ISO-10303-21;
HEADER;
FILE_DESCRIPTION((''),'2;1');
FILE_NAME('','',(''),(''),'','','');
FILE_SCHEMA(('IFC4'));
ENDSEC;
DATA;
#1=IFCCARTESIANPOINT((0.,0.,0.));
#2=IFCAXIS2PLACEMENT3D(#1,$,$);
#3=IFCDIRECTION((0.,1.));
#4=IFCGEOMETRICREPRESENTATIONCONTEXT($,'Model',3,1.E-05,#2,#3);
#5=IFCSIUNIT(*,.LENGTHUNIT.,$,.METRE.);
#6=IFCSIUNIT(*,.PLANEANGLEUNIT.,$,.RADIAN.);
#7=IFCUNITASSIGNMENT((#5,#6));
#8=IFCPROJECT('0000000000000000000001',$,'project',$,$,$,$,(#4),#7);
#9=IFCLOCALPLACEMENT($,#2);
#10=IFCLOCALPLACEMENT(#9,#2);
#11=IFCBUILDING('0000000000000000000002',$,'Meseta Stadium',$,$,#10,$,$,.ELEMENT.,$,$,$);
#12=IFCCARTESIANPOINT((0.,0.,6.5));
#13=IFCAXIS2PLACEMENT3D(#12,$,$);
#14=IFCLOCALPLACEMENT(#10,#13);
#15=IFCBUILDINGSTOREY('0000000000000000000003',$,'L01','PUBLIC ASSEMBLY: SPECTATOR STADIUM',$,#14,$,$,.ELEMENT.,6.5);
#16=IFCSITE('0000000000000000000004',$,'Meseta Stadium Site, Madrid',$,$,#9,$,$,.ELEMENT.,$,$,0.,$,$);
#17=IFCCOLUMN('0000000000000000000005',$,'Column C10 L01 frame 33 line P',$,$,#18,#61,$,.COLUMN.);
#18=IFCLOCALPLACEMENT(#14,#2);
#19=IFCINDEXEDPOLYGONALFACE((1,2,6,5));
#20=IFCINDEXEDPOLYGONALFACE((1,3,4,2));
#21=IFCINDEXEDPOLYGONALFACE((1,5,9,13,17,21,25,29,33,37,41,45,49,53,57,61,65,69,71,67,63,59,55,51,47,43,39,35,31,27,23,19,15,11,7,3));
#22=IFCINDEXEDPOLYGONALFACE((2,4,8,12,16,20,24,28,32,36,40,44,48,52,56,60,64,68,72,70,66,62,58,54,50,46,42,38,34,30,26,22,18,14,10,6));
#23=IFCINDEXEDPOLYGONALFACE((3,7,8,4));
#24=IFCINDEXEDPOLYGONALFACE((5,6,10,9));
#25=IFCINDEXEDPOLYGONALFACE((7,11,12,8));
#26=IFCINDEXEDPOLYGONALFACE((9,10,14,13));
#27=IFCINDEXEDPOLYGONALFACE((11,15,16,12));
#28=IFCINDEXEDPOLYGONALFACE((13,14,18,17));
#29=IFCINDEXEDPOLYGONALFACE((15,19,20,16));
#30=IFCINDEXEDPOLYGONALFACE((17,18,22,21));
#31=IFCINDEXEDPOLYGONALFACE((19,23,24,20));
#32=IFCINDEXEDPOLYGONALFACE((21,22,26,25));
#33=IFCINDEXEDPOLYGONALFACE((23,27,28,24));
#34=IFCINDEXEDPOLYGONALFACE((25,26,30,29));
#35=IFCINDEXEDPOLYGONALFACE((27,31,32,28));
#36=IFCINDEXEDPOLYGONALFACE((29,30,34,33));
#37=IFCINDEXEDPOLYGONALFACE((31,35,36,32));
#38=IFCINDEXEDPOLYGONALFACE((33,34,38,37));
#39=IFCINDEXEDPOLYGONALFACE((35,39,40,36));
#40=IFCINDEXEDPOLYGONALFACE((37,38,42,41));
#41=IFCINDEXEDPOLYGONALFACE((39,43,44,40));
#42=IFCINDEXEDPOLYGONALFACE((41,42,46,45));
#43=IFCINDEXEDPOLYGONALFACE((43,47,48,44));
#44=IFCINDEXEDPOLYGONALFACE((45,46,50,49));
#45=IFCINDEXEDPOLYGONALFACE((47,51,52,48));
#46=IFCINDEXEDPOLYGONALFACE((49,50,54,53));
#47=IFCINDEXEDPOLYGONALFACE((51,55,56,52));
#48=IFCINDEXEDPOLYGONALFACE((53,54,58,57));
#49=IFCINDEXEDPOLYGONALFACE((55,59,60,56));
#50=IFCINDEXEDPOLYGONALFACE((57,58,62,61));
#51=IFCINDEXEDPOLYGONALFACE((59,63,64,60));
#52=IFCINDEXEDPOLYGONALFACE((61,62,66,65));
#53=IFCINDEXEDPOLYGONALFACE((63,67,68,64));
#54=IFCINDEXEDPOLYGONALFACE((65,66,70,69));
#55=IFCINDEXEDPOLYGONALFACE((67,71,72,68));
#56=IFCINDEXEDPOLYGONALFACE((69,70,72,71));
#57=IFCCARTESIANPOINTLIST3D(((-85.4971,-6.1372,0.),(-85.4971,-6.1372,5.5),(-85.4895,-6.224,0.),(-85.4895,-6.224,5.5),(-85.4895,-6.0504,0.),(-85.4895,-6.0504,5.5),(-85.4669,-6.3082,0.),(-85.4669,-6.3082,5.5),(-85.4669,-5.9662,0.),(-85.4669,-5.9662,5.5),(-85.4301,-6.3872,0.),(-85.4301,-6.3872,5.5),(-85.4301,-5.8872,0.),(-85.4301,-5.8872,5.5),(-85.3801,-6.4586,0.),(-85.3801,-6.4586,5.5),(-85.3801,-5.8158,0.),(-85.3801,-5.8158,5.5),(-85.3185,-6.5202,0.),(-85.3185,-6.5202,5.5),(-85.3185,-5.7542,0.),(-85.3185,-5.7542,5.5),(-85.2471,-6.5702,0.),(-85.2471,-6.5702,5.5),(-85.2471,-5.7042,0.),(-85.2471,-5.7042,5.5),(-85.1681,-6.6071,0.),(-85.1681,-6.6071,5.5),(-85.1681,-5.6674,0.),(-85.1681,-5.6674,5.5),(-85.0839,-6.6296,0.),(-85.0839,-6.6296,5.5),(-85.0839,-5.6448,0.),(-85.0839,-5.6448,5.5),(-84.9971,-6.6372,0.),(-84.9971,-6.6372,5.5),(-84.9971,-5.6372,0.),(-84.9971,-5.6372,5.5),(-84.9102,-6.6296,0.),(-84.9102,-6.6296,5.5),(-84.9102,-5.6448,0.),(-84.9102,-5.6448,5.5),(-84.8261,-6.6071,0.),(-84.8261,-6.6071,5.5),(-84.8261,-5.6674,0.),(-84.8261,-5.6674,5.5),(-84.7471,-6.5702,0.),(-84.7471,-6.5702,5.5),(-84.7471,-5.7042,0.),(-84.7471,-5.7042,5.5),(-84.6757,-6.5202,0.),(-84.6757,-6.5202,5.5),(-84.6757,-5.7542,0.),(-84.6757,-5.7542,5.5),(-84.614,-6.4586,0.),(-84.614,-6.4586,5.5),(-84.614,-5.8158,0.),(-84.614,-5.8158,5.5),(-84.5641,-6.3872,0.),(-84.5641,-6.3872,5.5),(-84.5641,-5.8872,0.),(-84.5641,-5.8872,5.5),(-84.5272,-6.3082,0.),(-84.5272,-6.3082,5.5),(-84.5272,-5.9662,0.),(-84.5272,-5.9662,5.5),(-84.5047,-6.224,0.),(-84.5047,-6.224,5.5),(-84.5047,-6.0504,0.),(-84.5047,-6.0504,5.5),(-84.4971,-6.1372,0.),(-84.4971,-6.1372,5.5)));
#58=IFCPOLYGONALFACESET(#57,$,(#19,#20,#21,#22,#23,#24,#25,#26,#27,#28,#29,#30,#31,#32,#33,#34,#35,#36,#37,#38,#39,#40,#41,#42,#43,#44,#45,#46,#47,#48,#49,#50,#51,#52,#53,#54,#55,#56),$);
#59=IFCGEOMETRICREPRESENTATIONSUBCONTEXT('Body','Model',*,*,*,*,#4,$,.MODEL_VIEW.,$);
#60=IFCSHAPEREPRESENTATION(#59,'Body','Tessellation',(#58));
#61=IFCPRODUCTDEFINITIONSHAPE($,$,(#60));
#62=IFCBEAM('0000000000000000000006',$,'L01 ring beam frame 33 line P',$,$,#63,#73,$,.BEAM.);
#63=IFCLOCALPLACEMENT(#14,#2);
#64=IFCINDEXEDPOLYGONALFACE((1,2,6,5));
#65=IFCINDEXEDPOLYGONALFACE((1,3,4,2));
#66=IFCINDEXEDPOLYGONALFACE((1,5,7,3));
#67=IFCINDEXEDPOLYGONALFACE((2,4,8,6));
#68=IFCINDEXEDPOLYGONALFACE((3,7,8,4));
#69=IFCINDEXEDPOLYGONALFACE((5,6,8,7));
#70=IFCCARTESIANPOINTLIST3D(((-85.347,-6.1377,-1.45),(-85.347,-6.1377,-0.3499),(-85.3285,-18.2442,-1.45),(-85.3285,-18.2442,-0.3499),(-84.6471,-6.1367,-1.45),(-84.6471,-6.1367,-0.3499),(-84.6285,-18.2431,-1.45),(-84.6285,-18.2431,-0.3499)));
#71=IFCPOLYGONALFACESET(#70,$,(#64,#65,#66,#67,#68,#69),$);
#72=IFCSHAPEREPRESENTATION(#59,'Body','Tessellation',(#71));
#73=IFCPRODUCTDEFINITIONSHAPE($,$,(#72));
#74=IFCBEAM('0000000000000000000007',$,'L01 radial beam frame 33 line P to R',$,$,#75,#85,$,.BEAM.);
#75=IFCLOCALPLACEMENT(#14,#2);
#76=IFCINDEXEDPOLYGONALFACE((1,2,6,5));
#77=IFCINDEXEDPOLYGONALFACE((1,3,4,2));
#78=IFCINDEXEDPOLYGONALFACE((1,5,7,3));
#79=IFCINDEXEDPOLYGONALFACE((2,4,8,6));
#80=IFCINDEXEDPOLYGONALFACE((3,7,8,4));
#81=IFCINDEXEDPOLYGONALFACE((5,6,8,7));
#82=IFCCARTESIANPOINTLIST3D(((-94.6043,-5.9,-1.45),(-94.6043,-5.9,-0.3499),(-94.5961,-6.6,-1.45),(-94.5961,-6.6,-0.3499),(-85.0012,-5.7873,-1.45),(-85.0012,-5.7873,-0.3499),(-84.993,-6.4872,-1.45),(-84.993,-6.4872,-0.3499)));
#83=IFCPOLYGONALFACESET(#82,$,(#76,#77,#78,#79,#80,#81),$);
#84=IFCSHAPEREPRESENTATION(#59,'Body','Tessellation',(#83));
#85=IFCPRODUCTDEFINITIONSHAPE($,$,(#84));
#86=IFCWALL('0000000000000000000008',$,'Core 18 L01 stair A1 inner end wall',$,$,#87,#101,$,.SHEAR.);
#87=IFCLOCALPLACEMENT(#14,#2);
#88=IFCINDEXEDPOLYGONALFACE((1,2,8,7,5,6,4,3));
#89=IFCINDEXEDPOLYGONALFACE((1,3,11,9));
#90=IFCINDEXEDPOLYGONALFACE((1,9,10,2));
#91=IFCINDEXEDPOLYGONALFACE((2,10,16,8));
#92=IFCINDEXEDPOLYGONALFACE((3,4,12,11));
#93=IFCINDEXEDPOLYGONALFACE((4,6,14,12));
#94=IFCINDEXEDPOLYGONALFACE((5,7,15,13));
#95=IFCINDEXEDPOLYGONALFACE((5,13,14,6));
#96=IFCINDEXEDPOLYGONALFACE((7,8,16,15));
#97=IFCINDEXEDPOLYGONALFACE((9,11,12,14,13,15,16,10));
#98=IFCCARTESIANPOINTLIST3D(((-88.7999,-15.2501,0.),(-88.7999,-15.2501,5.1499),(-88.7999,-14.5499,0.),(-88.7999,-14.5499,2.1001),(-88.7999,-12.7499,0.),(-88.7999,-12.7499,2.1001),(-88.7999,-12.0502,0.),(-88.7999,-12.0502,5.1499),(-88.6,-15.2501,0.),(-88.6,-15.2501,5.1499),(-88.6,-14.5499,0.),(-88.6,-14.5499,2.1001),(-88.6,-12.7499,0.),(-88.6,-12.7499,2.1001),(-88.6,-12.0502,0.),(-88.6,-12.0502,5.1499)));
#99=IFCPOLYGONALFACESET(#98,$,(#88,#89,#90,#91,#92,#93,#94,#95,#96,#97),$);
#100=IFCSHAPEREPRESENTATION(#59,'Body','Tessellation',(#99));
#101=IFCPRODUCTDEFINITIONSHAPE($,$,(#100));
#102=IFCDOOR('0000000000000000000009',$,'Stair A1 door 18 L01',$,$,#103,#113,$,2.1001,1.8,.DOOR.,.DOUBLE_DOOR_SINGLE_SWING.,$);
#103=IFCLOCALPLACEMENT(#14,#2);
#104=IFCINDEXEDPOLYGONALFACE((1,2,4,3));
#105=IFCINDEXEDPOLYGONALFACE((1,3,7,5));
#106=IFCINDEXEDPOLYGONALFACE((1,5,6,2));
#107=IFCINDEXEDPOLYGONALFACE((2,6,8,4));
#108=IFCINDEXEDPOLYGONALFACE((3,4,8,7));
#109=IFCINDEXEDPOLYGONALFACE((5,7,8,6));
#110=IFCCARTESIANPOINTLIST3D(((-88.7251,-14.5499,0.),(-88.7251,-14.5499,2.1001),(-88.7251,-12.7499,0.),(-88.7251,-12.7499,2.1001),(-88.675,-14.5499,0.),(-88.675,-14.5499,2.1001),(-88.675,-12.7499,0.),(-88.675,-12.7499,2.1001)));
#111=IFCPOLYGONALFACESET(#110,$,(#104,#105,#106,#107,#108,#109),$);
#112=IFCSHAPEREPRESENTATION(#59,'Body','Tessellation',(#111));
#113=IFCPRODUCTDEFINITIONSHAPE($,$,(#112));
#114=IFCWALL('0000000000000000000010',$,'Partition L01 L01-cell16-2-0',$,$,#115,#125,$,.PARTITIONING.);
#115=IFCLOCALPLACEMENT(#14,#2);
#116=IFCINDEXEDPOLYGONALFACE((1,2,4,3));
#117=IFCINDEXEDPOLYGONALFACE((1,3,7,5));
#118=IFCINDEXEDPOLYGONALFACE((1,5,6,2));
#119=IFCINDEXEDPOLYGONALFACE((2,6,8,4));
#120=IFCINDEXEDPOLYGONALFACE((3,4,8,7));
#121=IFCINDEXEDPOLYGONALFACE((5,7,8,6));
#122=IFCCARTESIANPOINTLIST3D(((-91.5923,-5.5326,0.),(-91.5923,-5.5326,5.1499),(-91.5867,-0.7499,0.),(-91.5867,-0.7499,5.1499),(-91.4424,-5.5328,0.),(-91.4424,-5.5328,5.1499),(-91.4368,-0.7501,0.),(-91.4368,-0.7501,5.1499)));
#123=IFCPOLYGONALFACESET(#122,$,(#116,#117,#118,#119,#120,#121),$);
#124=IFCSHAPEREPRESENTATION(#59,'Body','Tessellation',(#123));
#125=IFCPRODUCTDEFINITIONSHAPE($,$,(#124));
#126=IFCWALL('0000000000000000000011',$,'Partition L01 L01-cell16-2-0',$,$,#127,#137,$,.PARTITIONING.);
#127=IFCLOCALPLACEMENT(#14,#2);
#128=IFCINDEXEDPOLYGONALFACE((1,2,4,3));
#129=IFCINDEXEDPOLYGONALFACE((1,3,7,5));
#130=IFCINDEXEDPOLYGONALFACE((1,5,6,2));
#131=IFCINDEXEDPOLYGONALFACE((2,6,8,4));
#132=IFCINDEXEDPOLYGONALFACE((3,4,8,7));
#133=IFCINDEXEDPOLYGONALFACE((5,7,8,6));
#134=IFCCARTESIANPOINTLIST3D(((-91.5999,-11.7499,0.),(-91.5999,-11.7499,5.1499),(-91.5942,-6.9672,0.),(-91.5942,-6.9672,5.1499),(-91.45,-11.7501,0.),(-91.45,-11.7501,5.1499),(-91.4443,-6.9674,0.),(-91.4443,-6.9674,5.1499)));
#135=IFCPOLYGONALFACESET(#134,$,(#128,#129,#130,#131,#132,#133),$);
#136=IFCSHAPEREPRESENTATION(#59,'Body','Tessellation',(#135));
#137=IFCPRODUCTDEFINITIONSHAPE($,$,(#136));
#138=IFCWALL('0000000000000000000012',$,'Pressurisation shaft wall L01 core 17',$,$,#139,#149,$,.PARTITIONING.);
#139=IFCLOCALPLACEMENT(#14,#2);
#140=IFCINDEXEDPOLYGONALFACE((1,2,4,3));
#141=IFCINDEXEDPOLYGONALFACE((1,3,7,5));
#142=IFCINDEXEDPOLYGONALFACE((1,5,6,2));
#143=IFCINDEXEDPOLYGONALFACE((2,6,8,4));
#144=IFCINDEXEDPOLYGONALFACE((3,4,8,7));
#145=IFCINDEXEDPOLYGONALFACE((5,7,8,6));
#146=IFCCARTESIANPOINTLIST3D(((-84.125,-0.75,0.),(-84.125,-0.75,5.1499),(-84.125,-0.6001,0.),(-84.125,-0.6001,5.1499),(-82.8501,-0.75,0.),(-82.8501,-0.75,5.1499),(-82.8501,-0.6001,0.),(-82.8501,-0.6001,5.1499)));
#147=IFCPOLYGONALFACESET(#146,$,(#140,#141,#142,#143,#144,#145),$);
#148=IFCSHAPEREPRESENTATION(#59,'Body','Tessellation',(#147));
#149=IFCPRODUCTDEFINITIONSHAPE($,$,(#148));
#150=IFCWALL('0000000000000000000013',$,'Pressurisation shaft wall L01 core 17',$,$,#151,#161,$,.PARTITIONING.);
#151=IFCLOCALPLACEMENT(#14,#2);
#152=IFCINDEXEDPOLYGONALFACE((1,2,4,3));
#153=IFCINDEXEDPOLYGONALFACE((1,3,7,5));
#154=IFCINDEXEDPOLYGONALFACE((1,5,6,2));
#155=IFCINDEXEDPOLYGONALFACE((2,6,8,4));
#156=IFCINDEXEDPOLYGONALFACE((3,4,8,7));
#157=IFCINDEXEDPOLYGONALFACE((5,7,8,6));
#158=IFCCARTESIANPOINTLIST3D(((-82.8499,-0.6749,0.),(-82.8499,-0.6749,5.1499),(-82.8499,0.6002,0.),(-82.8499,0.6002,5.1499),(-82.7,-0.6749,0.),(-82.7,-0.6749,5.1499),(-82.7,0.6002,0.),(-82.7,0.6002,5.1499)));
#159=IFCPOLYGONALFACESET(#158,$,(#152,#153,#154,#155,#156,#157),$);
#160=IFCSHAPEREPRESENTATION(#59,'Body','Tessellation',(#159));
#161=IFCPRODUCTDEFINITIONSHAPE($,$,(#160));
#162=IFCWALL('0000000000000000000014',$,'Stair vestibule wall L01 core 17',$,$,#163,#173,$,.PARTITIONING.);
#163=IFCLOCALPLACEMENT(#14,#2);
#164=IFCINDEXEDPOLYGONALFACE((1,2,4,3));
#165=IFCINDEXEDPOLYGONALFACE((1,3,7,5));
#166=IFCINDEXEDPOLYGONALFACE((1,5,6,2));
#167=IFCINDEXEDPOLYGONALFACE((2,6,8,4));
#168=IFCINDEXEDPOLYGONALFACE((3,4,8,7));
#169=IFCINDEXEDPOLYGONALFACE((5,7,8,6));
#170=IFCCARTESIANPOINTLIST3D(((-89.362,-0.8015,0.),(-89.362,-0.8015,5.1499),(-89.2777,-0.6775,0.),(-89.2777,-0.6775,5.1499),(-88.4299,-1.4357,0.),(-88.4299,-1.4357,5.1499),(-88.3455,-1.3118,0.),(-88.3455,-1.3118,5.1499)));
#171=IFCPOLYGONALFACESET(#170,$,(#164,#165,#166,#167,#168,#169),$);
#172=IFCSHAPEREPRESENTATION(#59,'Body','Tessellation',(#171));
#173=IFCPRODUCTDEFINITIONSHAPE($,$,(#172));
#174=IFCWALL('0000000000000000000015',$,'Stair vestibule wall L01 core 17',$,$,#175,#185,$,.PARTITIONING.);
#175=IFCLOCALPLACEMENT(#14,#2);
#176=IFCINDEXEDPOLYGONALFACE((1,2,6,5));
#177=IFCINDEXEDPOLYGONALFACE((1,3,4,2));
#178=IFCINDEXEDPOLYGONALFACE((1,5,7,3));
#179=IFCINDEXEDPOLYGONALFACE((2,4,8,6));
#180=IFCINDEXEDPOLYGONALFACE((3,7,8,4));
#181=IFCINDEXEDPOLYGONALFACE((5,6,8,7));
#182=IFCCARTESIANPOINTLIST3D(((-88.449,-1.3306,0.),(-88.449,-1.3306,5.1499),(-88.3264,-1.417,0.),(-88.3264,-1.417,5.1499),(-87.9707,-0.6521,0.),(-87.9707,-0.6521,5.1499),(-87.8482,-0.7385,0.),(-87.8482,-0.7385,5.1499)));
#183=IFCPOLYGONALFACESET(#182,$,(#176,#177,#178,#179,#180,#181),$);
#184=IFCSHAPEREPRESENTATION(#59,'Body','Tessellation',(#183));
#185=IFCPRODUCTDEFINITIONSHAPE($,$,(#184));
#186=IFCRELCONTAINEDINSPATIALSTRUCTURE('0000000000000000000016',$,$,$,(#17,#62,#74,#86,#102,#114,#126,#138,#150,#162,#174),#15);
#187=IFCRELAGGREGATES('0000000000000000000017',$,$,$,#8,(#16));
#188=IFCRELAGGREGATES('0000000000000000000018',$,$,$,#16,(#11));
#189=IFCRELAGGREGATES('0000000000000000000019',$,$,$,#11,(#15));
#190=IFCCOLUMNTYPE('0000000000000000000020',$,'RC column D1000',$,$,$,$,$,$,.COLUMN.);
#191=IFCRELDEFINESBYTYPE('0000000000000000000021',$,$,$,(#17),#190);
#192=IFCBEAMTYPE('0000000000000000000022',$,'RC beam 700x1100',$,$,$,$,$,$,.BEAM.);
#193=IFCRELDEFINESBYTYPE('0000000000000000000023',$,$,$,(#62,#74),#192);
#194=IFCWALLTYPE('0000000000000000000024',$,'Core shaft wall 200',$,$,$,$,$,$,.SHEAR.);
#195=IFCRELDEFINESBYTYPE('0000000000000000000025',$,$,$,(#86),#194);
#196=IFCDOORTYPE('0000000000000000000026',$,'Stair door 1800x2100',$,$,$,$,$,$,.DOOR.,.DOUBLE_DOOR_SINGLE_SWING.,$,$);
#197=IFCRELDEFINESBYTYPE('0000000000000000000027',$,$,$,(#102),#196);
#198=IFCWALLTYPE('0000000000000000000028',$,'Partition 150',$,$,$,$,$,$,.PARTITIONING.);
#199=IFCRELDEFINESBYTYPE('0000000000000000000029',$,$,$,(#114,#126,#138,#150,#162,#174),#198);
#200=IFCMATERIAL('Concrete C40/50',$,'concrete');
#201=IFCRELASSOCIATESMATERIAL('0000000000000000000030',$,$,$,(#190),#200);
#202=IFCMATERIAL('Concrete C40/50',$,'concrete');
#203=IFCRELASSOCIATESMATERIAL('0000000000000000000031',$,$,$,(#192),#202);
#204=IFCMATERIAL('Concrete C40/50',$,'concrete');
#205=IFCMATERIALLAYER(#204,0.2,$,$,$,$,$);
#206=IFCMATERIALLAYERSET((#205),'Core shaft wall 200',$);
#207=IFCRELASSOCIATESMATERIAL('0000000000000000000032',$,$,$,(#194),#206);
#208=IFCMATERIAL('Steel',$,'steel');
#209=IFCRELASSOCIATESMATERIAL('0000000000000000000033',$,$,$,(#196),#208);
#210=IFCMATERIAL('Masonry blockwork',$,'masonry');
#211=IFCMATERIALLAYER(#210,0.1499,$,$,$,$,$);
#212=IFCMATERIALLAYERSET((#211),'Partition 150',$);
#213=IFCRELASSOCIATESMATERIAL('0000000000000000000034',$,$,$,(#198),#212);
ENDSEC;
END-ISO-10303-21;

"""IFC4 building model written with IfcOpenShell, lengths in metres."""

from ifc_helpers import new_model, si_unit, direction, frame, frame_2d, origin, origin_2d, place, context, subcontext, project, spatial, rectangle, circle, extrude, material, layer, layer_set, material_profile, profile_set, type_object, element, fill, save


model = new_model("IFC4")

# Units and contexts
model_context = context("Model", 3, precision=1e-05, world=origin(), true_north=direction((0.0, 1.0)))
body_context = subcontext(model_context, "Body", "Model", "MODEL_VIEW")
ifc_project = project(units=[si_unit("LENGTHUNIT", "METRE"), si_unit("PLANEANGLEUNIT", "RADIAN")], contexts=[model_context])

# Site, building, storey
site_placement = place(None, origin())
site = spatial("IfcSite", under=ifc_project, at=site_placement, Name="Meseta Stadium Site, Madrid", CompositionType="ELEMENT", RefElevation=0.0)
building_placement = place(site_placement, origin())
building = spatial("IfcBuilding", under=site, at=building_placement, Name="Meseta Stadium", CompositionType="ELEMENT")
storey_placement = place(building_placement, frame((0.0, 0.0, 6.5)))
storey = spatial("IfcBuildingStorey", under=building, at=storey_placement, Name="L01", Description="PUBLIC ASSEMBLY: SPECTATOR STADIUM", CompositionType="ELEMENT", Elevation=6.5)

# Column
ifc_material_1 = material(Name="Concrete C40/50", Category="concrete")
ifc_material_profile_1 = material_profile(ifc_material_1, circle(Radius=0.5, at=origin_2d()), Name="RC D1000")
ifc_profile_set_1 = profile_set([ifc_material_profile_1], Name="Concrete C40/50")
column_type = type_object("IfcColumnType", Name="RC column D1000", PredefinedType="COLUMN", material=ifc_profile_set_1)
column_placement = place(storey_placement, frame((-84.9971, -6.1372, 0.0), z_axis=(0.0, 0.0, 1.0), x_axis=(1.0, 0.0, 0.0)))
element("IfcColumn", 1, at=column_placement, inside=storey, type_object=column_type, Name="Column C10 L01 frame 33 line P", PredefinedType="COLUMN", context=body_context, shape_type="SweptSolid", body=[
    extrude(circle(Radius=0.5, at=origin_2d()), origin(), (0.0, 0.0, 1.0), 5.5),
])

# Beams
ifc_material_2 = material(Name="Concrete C40/50", Category="concrete")
ifc_material_profile_2 = material_profile(ifc_material_2, rectangle(XDim=0.7, YDim=1.1001, at=origin_2d()), Name="RC 700x1100")
ifc_profile_set_2 = profile_set([ifc_material_profile_2], Name="Concrete C40/50")
beam_type = type_object("IfcBeamType", Name="RC beam 700x1100", PredefinedType="BEAM", material=ifc_profile_set_2)
beam_1_placement = place(storey_placement, frame((-84.9971, -6.1372, -0.8999), z_axis=(0.001533, -0.999999, 0.0), x_axis=(0.999999, 0.001533, 0.0)))
element("IfcBeam", 2, at=beam_1_placement, inside=storey, type_object=beam_type, Name="L01 ring beam frame 33 line P", PredefinedType="BEAM", context=body_context, shape_type="SweptSolid", body=[
    extrude(rectangle(XDim=0.7, YDim=1.1001, at=origin_2d()), origin(), (0.0, 0.0, 1.0), 12.1064),
])
beam_2_placement = place(storey_placement, frame((-84.9971, -6.1372, -0.8999), z_axis=(-0.999931, -0.011745, 0.0), x_axis=(0.011745, -0.999931, 0.0)))
element("IfcBeam", 3, at=beam_2_placement, inside=storey, type_object=beam_type, Name="L01 radial beam frame 33 line P to R", PredefinedType="BEAM", context=body_context, shape_type="SweptSolid", body=[
    extrude(rectangle(XDim=0.7, YDim=1.1001, at=origin_2d()), origin(), (0.0, 0.0, 1.0), 9.6038),
])

# Wall, opening, door
ifc_material_3 = material(Name="Concrete C40/50", Category="concrete")
ifc_layer_1 = layer(ifc_material_3, 0.2)
ifc_layer_set_1 = layer_set([ifc_layer_1], Name="Core shaft wall 200")
wall_type_1 = type_object("IfcWallType", Name="Core shaft wall 200", PredefinedType="SHEAR", material=ifc_layer_set_1)
wall_1_placement = place(storey_placement, frame((-88.7, -12.05, 0.0), z_axis=(0.0, 0.0, 1.0), x_axis=(0.0, -1.0, 0.0)))
wall_1 = element("IfcWall", 4, at=wall_1_placement, inside=storey, type_object=wall_type_1, Name="Core 18 L01 stair A1 inner end wall", PredefinedType="SHEAR", context=body_context, shape_type="SweptSolid", body=[
    extrude(rectangle(XDim=3.2, YDim=0.2, at=frame_2d((1.6001, 0.0))), origin(), (0.0, 0.0, 1.0), 5.1499),
])
opening_1_placement = place(wall_1_placement, frame((0.7, 0.0, 0.0)))
opening_1 = element("IfcOpeningElement", 5, at=opening_1_placement, cuts=wall_1, PredefinedType="OPENING", context=body_context, shape_type="SweptSolid", body=[
    extrude(rectangle(XDim=1.8, YDim=2.1001, at=frame_2d((0.8999, 1.05))), frame((0.0, 0.1099, 0.0), z_axis=(0.0, -1.0, 0.0), x_axis=(1.0, 0.0, 0.0)), (0.0, 0.0, 1.0), 0.22),
])
ifc_material_4 = material(Name="Steel", Category="steel")
door_type_1 = type_object("IfcDoorType", Name="Stair door 1800x2100", OperationType="DOUBLE_DOOR_SINGLE_SWING", PredefinedType="DOOR", material=ifc_material_4)
door_1_placement = place(opening_1_placement, origin())
door_1 = element("IfcDoor", 6, at=door_1_placement, inside=storey, type_object=door_type_1, Name="Stair A1 door 18 L01", OperationType="DOUBLE_DOOR_SINGLE_SWING", OverallHeight=2.1001, OverallWidth=1.8, PredefinedType="DOOR", context=body_context, shape_type="SweptSolid", body=[
    extrude(rectangle(XDim=1.8, YDim=2.1001, at=frame_2d((0.8999, 1.05))), frame((0.0, 0.0249, 0.0), z_axis=(0.0, -1.0, 0.0), x_axis=(1.0, 0.0, 0.0)), (0.0, 0.0, 1.0), 0.05),
])
fill(opening_1, door_1)

# Walls
ifc_material_5 = material(Name="Masonry blockwork", Category="masonry")
ifc_layer_2 = layer(ifc_material_5, 0.1499)
ifc_layer_set_2 = layer_set([ifc_layer_2], Name="Partition 150")
wall_type_2 = type_object("IfcWallType", Name="Partition 150", PredefinedType="PARTITIONING", material=ifc_layer_set_2)
for number, where, z_axis, x_axis, name in (
    (7, (-91.5117, -0.75, 0.0), (0.0, 0.0, 1.0), (-0.001174, -0.999999, 0.0), "Partition L01 L01-cell16-2-0"),
    (8, (-91.5193, -6.9673, 0.0), (0.0, 0.0, 1.0), (-0.001174, -0.999999, 0.0), "Partition L01 L01-cell16-2-0"),
):
    element("IfcWall", number, at=place(storey_placement, frame(where, z_axis=z_axis, x_axis=x_axis)), inside=storey, type_object=wall_type_2, Name=name, PredefinedType="PARTITIONING", context=body_context, shape_type="SweptSolid", body=[
        extrude(rectangle(XDim=4.7827, YDim=0.1499, at=frame_2d((2.3914, 0.0))), origin(), (0.0, 0.0, 1.0), 5.1499),
    ])
wall_2_placement = place(storey_placement, frame((-84.125, -0.675, 0.0), z_axis=(0.0, 0.0, 1.0), x_axis=(1.0, 0.0, 0.0)))
element("IfcWall", 9, at=wall_2_placement, inside=storey, type_object=wall_type_2, Name="Pressurisation shaft wall L01 core 17", PredefinedType="PARTITIONING", context=body_context, shape_type="SweptSolid", body=[
    extrude(rectangle(XDim=1.2749, YDim=0.1499, at=frame_2d((0.6375, 0.0))), origin(), (0.0, 0.0, 1.0), 5.1499),
])
wall_3_placement = place(storey_placement, frame((-82.7749, -0.675, 0.0), z_axis=(0.0, 0.0, 1.0), x_axis=(0.0, 1.0, 0.0)))
element("IfcWall", 10, at=wall_3_placement, inside=storey, type_object=wall_type_2, Name="Pressurisation shaft wall L01 core 17", PredefinedType="PARTITIONING", context=body_context, shape_type="SweptSolid", body=[
    extrude(rectangle(XDim=1.2751, YDim=0.1499, at=frame_2d((0.6377, 0.0))), origin(), (0.0, 0.0, 1.0), 5.1499),
])
wall_4_placement = place(storey_placement, frame((-89.3198, -0.7395, 0.0), z_axis=(0.0, 0.0, 1.0), x_axis=(0.826749, -0.562571, 0.0)))
element("IfcWall", 11, at=wall_4_placement, inside=storey, type_object=wall_type_2, Name="Stair vestibule wall L01 core 17", PredefinedType="PARTITIONING", context=body_context, shape_type="SweptSolid", body=[
    extrude(rectangle(XDim=1.1274, YDim=0.1499, at=frame_2d((0.5637, 0.0))), origin(), (0.0, 0.0, 1.0), 5.1499),
])
wall_5_placement = place(storey_placement, frame((-88.3877, -1.3738, 0.0), z_axis=(0.0, 0.0, 1.0), x_axis=(0.576163, 0.817334, 0.0)))
element("IfcWall", 12, at=wall_5_placement, inside=storey, type_object=wall_type_2, Name="Stair vestibule wall L01 core 17", PredefinedType="PARTITIONING", context=body_context, shape_type="SweptSolid", body=[
    extrude(rectangle(XDim=0.8301, YDim=0.1499, at=frame_2d((0.415, 0.0))), origin(), (0.0, 0.0, 1.0), 5.1499),
])

save(model, "model.ifc")
